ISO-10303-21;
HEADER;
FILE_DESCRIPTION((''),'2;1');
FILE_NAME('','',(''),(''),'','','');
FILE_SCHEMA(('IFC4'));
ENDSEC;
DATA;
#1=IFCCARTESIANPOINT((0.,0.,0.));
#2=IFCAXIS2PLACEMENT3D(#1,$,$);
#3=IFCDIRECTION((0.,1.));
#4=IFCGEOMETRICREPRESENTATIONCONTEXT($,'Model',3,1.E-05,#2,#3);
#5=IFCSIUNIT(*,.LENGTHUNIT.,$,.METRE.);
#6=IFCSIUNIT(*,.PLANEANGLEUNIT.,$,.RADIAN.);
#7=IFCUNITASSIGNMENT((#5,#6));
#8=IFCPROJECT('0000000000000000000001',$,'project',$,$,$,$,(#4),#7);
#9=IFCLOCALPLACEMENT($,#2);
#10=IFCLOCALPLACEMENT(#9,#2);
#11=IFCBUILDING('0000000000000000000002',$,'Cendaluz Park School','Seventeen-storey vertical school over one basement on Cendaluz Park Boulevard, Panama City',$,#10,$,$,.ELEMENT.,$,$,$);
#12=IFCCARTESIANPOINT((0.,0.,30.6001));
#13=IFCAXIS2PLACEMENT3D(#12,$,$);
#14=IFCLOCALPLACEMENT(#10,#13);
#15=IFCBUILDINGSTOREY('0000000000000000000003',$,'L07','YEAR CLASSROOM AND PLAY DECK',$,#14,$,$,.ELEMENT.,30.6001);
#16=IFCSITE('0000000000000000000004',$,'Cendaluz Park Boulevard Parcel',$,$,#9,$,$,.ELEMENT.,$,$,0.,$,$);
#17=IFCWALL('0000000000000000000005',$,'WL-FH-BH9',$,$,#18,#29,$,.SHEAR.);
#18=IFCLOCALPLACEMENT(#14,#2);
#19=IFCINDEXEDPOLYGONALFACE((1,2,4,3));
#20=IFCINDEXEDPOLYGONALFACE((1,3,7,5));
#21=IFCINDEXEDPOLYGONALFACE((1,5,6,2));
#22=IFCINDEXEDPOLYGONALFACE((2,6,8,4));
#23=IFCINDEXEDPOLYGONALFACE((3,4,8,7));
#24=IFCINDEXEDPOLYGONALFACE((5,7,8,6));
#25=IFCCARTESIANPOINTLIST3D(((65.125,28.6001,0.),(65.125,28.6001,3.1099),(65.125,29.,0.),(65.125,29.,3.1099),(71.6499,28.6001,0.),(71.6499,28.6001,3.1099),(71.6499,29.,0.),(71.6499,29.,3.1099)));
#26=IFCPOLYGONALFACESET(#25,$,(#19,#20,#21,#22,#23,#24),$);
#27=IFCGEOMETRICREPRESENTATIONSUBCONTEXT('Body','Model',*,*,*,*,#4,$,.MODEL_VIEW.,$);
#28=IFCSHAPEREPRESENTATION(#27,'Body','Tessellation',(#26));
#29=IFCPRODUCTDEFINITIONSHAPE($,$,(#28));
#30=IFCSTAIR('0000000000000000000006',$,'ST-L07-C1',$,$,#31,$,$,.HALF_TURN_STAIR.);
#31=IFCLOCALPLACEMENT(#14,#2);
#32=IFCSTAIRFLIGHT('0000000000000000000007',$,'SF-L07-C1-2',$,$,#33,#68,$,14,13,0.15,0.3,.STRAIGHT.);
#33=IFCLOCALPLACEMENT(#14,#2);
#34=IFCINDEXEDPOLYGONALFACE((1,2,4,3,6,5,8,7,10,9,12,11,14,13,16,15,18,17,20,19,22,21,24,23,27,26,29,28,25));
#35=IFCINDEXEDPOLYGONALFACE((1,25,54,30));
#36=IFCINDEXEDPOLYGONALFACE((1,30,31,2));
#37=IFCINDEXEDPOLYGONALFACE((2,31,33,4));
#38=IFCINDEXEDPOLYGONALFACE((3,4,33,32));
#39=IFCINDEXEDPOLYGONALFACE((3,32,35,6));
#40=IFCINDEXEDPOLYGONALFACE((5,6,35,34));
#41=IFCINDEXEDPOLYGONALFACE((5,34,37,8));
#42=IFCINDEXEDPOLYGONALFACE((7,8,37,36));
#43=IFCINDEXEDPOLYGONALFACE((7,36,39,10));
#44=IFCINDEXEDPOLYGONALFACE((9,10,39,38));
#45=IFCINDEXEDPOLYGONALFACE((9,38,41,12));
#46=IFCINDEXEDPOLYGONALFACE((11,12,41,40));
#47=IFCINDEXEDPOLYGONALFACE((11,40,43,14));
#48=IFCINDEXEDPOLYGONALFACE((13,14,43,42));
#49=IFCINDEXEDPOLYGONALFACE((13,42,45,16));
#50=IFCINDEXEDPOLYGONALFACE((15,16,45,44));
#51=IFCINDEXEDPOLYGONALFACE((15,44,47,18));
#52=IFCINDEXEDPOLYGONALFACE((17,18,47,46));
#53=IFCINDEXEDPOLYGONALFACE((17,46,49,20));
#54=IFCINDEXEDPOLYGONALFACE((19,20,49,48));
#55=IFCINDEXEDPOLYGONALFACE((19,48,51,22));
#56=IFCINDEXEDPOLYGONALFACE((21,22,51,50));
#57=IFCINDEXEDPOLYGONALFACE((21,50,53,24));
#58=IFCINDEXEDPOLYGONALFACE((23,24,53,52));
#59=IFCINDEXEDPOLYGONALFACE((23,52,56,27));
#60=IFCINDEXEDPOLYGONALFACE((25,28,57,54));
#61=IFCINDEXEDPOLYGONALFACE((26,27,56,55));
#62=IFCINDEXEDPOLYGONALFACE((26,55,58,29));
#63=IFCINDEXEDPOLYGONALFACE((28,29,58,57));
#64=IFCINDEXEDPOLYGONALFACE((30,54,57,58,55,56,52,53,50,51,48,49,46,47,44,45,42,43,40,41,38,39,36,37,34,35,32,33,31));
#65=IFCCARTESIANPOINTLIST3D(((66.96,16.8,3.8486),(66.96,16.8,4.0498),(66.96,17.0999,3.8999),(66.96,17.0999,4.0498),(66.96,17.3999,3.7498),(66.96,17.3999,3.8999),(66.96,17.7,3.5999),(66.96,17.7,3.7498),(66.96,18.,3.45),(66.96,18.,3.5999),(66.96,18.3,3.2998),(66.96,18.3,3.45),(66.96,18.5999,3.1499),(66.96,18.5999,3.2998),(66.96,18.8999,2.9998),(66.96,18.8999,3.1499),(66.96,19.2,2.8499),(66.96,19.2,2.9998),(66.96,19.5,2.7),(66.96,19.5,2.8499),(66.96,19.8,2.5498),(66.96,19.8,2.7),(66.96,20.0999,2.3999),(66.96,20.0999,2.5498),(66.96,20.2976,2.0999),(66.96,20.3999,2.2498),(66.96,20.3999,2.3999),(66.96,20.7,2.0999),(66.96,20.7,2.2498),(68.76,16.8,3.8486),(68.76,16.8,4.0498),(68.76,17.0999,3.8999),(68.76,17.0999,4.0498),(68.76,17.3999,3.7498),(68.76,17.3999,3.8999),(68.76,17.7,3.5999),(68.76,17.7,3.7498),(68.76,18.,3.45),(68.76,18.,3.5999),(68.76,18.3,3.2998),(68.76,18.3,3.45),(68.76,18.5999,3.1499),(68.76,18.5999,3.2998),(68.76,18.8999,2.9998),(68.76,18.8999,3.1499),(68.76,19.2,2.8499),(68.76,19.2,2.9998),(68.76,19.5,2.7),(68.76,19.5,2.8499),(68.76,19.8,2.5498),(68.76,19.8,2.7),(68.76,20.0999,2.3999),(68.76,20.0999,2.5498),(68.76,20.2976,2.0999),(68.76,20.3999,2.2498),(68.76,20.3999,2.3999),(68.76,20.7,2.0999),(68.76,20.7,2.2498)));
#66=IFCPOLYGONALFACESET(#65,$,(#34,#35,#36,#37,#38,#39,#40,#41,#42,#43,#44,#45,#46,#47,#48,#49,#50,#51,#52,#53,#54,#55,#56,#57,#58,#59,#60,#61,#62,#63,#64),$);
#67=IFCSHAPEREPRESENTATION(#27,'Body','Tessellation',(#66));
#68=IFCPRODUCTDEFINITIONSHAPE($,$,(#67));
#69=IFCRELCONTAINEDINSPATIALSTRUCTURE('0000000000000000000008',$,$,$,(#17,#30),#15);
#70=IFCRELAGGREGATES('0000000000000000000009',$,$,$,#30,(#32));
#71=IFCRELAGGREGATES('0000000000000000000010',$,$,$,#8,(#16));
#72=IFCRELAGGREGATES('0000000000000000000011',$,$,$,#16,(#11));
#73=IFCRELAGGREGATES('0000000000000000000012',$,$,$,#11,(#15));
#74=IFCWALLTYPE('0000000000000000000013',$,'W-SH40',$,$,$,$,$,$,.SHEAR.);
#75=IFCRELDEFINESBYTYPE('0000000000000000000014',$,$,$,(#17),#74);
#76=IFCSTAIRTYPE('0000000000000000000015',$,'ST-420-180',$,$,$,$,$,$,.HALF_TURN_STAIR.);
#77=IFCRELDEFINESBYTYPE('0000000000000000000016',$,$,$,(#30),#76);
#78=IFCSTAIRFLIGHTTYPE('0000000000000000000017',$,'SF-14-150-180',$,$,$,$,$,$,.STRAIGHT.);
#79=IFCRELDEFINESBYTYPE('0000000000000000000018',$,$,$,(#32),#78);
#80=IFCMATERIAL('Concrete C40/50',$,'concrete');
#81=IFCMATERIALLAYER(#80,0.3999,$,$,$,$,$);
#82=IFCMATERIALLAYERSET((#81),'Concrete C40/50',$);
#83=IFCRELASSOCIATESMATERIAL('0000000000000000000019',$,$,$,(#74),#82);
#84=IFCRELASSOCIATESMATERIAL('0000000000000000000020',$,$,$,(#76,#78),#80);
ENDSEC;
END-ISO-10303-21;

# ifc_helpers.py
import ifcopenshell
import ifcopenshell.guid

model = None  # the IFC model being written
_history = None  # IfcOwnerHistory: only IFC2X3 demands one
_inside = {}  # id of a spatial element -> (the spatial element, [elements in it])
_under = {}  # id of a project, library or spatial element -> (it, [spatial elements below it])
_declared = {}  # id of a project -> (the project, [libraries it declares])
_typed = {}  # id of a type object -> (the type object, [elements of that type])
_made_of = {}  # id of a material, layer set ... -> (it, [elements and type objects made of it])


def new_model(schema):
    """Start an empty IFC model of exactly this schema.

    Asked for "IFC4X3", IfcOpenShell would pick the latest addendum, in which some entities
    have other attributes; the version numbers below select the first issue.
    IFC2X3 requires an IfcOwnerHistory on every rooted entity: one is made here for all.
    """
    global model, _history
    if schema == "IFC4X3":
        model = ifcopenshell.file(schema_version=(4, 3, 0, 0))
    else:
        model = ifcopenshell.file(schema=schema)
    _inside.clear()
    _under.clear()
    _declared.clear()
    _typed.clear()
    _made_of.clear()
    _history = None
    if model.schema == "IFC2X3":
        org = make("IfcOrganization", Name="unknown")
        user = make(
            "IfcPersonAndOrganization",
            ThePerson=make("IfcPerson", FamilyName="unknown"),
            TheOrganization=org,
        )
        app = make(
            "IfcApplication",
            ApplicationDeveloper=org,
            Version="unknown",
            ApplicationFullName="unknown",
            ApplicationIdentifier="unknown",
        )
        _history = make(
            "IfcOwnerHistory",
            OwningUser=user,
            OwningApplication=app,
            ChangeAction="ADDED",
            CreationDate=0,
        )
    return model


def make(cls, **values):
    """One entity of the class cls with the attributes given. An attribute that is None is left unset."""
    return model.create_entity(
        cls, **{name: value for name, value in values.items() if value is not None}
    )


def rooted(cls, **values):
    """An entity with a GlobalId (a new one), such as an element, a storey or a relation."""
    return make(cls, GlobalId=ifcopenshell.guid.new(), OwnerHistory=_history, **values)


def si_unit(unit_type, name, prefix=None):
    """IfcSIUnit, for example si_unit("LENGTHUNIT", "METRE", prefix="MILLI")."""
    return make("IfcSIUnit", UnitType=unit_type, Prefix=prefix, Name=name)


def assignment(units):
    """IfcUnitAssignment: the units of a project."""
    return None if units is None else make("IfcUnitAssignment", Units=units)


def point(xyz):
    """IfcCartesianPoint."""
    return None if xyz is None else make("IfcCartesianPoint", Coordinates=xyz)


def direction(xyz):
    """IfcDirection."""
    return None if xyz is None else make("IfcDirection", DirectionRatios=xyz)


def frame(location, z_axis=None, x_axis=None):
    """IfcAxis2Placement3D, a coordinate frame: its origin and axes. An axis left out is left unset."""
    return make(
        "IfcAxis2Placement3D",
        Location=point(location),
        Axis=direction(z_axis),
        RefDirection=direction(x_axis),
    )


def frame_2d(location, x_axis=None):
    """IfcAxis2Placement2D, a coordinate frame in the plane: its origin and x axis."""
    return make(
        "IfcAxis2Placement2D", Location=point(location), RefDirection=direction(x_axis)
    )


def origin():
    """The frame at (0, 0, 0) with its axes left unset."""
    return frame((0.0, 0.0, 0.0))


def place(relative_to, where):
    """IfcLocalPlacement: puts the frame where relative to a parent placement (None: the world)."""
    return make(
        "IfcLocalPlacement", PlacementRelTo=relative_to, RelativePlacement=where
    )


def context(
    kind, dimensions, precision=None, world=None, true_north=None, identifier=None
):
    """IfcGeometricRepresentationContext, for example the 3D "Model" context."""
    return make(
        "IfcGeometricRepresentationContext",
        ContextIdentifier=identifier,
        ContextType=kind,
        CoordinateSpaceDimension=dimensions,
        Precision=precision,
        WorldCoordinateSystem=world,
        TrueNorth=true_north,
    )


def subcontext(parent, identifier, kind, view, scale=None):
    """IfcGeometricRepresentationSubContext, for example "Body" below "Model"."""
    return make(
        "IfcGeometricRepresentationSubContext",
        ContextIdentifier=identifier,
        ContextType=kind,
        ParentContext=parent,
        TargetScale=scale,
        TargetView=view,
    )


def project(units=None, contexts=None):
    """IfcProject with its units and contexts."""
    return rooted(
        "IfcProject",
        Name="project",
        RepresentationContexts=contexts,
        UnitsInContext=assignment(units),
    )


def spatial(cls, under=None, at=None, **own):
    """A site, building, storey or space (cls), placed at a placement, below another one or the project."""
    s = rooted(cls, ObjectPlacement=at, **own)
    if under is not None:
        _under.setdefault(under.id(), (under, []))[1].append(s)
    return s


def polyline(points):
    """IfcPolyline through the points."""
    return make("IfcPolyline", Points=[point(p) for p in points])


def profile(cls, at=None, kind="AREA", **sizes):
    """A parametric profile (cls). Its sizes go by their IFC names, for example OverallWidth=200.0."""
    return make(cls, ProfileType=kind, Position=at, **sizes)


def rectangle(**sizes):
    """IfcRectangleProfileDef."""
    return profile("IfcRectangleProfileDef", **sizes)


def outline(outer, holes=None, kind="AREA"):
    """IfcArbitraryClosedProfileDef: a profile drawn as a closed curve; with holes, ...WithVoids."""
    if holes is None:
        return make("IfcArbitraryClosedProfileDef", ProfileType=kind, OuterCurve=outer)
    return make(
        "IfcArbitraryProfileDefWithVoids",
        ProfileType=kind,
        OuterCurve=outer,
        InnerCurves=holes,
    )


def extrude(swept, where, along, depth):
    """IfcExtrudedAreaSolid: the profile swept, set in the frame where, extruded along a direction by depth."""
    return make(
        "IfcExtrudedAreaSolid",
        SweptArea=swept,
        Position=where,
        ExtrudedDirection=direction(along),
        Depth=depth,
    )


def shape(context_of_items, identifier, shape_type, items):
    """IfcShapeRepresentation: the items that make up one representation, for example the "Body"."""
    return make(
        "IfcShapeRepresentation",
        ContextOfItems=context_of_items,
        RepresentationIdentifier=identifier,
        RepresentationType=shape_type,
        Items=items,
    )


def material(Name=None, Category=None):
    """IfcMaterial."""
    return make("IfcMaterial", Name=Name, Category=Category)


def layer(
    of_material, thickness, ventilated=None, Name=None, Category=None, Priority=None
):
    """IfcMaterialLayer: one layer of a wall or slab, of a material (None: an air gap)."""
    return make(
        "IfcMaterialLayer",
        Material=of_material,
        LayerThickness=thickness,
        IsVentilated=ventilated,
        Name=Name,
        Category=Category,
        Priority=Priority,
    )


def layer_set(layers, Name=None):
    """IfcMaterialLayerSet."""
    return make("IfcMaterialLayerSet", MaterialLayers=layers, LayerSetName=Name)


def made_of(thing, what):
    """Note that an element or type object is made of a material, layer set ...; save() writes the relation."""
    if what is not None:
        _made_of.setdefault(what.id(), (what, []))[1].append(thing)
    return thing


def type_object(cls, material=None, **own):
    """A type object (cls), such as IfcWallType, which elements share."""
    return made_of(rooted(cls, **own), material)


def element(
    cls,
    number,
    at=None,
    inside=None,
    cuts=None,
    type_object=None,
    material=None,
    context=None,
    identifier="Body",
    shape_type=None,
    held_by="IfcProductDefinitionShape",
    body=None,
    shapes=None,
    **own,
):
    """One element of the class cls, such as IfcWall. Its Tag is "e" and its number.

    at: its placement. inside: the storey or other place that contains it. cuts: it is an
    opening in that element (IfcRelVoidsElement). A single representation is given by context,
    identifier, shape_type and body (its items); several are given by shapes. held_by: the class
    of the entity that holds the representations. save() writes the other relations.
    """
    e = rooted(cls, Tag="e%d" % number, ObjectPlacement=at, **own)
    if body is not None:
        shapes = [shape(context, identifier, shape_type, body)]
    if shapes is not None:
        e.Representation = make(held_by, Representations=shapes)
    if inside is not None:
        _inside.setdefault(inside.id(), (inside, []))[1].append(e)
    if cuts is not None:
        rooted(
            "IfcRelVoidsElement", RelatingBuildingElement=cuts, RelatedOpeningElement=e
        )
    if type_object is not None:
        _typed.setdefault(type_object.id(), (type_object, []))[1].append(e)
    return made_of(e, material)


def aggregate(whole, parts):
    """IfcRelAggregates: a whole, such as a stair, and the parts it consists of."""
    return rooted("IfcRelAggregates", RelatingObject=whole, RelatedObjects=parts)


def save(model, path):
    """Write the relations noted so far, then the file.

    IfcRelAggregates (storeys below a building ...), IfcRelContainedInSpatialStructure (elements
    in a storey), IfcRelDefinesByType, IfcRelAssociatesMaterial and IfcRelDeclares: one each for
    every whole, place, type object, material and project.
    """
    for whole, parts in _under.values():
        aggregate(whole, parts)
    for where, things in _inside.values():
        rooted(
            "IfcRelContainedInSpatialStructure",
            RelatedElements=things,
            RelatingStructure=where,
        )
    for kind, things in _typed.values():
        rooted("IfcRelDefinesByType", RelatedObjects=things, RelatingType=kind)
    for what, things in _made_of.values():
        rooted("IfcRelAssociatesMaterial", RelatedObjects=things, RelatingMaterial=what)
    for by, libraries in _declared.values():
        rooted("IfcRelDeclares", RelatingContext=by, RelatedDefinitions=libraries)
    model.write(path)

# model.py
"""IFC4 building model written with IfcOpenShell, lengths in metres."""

from ifc_helpers import new_model, si_unit, direction, frame, frame_2d, origin, place, context, subcontext, project, spatial, polyline, rectangle, outline, extrude, material, layer, layer_set, type_object, element, aggregate, save


model = new_model("IFC4")

# Units and contexts
model_context = context("Model", 3, precision=1e-05, world=origin(), true_north=direction((0.0, 1.0)))
body_context = subcontext(model_context, "Body", "Model", "MODEL_VIEW")
ifc_project = project(units=[si_unit("LENGTHUNIT", "METRE"), si_unit("PLANEANGLEUNIT", "RADIAN")], contexts=[model_context])

# Site, building, storey
site_placement = place(None, origin())
site = spatial("IfcSite", under=ifc_project, at=site_placement, Name="Cendaluz Park Boulevard Parcel", CompositionType="ELEMENT", RefElevation=0.0)
building_placement = place(site_placement, origin())
building = spatial("IfcBuilding", under=site, at=building_placement, Name="Cendaluz Park School", Description="Seventeen-storey vertical school over one basement on Cendaluz Park Boulevard, Panama City", CompositionType="ELEMENT")
storey_placement = place(building_placement, frame((0.0, 0.0, 30.6001)))
storey = spatial("IfcBuildingStorey", under=building, at=storey_placement, Name="L07", Description="YEAR CLASSROOM AND PLAY DECK", CompositionType="ELEMENT", Elevation=30.6001)

# Shared definitions
ifc_material_1 = material(Name="Concrete C40/50", Category="concrete")

# Wall
ifc_layer_1 = layer(ifc_material_1, 0.3999)
ifc_layer_set_1 = layer_set([ifc_layer_1], Name="Concrete C40/50")
wall_type_1 = type_object("IfcWallType", Name="W-SH40", PredefinedType="SHEAR", material=ifc_layer_set_1)
wall_1_placement = place(storey_placement, frame((65.125, 28.8, 0.0), z_axis=(0.0, 0.0, 1.0), x_axis=(1.0, 0.0, 0.0)))
element("IfcWall", 1, at=wall_1_placement, inside=storey, type_object=wall_type_1, Name="WL-FH-BH9", PredefinedType="SHEAR", context=body_context, shape_type="SweptSolid", body=[
    extrude(rectangle(XDim=6.5249, YDim=0.3999, at=frame_2d((3.2625, 0.0))), origin(), (0.0, 0.0, 1.0), 3.1099),
])

# Stair, stair flight
stair_type = type_object("IfcStairType", Name="ST-420-180", PredefinedType="HALF_TURN_STAIR", material=ifc_material_1)
stair_placement = place(storey_placement, origin())
stair = element("IfcStair", 2, at=stair_placement, inside=storey, type_object=stair_type, Name="ST-L07-C1", PredefinedType="HALF_TURN_STAIR")
stair_flight_type = type_object("IfcStairFlightType", Name="SF-14-150-180", PredefinedType="STRAIGHT", material=ifc_material_1)
stair_flight_placement = place(storey_placement, frame((67.8601, 20.7, 2.0999), z_axis=(0.0, 0.0, 1.0), x_axis=(0.0, -1.0, 0.0)))
stair_flight = element("IfcStairFlight", 3, at=stair_flight_placement, type_object=stair_flight_type, Name="SF-L07-C1-2", NumberOfRisers=14, NumberOfTreads=13, PredefinedType="STRAIGHT", RiserHeight=0.15, TreadLength=0.3, context=body_context, shape_type="SweptSolid", body=[
    extrude(outline(polyline([(0.0, 0.0), (0.0, 0.1499), (0.3, 0.1499), (0.3, 0.3), (0.6001, 0.3), (0.6001, 0.45), (0.8999, 0.45), (0.8999, 0.6001), (1.2, 0.6001), (1.2, 0.75), (1.5, 0.75), (1.5, 0.8999), (1.8, 0.8999), (1.8, 1.05), (2.1001, 1.05), (2.1001, 1.2), (2.3999, 1.2), (2.3999, 1.3501), (2.7, 1.3501), (2.7, 1.5), (3.0, 1.5), (3.0, 1.6499), (3.3, 1.6499), (3.3, 1.8), (3.6001, 1.8), (3.6001, 1.95), (3.8999, 1.95), (3.8999, 2.1001), (3.8999, 1.7488), (0.4023, 0.0), (0.0, 0.0)])), frame((0.0, 0.8999, 0.0), z_axis=(0.0, -1.0, 0.0), x_axis=(1.0, 0.0, 0.0)), (0.0, 0.0, 1.0), 1.8),
])
aggregate(stair, [stair_flight])

save(model, "model.ifc")
